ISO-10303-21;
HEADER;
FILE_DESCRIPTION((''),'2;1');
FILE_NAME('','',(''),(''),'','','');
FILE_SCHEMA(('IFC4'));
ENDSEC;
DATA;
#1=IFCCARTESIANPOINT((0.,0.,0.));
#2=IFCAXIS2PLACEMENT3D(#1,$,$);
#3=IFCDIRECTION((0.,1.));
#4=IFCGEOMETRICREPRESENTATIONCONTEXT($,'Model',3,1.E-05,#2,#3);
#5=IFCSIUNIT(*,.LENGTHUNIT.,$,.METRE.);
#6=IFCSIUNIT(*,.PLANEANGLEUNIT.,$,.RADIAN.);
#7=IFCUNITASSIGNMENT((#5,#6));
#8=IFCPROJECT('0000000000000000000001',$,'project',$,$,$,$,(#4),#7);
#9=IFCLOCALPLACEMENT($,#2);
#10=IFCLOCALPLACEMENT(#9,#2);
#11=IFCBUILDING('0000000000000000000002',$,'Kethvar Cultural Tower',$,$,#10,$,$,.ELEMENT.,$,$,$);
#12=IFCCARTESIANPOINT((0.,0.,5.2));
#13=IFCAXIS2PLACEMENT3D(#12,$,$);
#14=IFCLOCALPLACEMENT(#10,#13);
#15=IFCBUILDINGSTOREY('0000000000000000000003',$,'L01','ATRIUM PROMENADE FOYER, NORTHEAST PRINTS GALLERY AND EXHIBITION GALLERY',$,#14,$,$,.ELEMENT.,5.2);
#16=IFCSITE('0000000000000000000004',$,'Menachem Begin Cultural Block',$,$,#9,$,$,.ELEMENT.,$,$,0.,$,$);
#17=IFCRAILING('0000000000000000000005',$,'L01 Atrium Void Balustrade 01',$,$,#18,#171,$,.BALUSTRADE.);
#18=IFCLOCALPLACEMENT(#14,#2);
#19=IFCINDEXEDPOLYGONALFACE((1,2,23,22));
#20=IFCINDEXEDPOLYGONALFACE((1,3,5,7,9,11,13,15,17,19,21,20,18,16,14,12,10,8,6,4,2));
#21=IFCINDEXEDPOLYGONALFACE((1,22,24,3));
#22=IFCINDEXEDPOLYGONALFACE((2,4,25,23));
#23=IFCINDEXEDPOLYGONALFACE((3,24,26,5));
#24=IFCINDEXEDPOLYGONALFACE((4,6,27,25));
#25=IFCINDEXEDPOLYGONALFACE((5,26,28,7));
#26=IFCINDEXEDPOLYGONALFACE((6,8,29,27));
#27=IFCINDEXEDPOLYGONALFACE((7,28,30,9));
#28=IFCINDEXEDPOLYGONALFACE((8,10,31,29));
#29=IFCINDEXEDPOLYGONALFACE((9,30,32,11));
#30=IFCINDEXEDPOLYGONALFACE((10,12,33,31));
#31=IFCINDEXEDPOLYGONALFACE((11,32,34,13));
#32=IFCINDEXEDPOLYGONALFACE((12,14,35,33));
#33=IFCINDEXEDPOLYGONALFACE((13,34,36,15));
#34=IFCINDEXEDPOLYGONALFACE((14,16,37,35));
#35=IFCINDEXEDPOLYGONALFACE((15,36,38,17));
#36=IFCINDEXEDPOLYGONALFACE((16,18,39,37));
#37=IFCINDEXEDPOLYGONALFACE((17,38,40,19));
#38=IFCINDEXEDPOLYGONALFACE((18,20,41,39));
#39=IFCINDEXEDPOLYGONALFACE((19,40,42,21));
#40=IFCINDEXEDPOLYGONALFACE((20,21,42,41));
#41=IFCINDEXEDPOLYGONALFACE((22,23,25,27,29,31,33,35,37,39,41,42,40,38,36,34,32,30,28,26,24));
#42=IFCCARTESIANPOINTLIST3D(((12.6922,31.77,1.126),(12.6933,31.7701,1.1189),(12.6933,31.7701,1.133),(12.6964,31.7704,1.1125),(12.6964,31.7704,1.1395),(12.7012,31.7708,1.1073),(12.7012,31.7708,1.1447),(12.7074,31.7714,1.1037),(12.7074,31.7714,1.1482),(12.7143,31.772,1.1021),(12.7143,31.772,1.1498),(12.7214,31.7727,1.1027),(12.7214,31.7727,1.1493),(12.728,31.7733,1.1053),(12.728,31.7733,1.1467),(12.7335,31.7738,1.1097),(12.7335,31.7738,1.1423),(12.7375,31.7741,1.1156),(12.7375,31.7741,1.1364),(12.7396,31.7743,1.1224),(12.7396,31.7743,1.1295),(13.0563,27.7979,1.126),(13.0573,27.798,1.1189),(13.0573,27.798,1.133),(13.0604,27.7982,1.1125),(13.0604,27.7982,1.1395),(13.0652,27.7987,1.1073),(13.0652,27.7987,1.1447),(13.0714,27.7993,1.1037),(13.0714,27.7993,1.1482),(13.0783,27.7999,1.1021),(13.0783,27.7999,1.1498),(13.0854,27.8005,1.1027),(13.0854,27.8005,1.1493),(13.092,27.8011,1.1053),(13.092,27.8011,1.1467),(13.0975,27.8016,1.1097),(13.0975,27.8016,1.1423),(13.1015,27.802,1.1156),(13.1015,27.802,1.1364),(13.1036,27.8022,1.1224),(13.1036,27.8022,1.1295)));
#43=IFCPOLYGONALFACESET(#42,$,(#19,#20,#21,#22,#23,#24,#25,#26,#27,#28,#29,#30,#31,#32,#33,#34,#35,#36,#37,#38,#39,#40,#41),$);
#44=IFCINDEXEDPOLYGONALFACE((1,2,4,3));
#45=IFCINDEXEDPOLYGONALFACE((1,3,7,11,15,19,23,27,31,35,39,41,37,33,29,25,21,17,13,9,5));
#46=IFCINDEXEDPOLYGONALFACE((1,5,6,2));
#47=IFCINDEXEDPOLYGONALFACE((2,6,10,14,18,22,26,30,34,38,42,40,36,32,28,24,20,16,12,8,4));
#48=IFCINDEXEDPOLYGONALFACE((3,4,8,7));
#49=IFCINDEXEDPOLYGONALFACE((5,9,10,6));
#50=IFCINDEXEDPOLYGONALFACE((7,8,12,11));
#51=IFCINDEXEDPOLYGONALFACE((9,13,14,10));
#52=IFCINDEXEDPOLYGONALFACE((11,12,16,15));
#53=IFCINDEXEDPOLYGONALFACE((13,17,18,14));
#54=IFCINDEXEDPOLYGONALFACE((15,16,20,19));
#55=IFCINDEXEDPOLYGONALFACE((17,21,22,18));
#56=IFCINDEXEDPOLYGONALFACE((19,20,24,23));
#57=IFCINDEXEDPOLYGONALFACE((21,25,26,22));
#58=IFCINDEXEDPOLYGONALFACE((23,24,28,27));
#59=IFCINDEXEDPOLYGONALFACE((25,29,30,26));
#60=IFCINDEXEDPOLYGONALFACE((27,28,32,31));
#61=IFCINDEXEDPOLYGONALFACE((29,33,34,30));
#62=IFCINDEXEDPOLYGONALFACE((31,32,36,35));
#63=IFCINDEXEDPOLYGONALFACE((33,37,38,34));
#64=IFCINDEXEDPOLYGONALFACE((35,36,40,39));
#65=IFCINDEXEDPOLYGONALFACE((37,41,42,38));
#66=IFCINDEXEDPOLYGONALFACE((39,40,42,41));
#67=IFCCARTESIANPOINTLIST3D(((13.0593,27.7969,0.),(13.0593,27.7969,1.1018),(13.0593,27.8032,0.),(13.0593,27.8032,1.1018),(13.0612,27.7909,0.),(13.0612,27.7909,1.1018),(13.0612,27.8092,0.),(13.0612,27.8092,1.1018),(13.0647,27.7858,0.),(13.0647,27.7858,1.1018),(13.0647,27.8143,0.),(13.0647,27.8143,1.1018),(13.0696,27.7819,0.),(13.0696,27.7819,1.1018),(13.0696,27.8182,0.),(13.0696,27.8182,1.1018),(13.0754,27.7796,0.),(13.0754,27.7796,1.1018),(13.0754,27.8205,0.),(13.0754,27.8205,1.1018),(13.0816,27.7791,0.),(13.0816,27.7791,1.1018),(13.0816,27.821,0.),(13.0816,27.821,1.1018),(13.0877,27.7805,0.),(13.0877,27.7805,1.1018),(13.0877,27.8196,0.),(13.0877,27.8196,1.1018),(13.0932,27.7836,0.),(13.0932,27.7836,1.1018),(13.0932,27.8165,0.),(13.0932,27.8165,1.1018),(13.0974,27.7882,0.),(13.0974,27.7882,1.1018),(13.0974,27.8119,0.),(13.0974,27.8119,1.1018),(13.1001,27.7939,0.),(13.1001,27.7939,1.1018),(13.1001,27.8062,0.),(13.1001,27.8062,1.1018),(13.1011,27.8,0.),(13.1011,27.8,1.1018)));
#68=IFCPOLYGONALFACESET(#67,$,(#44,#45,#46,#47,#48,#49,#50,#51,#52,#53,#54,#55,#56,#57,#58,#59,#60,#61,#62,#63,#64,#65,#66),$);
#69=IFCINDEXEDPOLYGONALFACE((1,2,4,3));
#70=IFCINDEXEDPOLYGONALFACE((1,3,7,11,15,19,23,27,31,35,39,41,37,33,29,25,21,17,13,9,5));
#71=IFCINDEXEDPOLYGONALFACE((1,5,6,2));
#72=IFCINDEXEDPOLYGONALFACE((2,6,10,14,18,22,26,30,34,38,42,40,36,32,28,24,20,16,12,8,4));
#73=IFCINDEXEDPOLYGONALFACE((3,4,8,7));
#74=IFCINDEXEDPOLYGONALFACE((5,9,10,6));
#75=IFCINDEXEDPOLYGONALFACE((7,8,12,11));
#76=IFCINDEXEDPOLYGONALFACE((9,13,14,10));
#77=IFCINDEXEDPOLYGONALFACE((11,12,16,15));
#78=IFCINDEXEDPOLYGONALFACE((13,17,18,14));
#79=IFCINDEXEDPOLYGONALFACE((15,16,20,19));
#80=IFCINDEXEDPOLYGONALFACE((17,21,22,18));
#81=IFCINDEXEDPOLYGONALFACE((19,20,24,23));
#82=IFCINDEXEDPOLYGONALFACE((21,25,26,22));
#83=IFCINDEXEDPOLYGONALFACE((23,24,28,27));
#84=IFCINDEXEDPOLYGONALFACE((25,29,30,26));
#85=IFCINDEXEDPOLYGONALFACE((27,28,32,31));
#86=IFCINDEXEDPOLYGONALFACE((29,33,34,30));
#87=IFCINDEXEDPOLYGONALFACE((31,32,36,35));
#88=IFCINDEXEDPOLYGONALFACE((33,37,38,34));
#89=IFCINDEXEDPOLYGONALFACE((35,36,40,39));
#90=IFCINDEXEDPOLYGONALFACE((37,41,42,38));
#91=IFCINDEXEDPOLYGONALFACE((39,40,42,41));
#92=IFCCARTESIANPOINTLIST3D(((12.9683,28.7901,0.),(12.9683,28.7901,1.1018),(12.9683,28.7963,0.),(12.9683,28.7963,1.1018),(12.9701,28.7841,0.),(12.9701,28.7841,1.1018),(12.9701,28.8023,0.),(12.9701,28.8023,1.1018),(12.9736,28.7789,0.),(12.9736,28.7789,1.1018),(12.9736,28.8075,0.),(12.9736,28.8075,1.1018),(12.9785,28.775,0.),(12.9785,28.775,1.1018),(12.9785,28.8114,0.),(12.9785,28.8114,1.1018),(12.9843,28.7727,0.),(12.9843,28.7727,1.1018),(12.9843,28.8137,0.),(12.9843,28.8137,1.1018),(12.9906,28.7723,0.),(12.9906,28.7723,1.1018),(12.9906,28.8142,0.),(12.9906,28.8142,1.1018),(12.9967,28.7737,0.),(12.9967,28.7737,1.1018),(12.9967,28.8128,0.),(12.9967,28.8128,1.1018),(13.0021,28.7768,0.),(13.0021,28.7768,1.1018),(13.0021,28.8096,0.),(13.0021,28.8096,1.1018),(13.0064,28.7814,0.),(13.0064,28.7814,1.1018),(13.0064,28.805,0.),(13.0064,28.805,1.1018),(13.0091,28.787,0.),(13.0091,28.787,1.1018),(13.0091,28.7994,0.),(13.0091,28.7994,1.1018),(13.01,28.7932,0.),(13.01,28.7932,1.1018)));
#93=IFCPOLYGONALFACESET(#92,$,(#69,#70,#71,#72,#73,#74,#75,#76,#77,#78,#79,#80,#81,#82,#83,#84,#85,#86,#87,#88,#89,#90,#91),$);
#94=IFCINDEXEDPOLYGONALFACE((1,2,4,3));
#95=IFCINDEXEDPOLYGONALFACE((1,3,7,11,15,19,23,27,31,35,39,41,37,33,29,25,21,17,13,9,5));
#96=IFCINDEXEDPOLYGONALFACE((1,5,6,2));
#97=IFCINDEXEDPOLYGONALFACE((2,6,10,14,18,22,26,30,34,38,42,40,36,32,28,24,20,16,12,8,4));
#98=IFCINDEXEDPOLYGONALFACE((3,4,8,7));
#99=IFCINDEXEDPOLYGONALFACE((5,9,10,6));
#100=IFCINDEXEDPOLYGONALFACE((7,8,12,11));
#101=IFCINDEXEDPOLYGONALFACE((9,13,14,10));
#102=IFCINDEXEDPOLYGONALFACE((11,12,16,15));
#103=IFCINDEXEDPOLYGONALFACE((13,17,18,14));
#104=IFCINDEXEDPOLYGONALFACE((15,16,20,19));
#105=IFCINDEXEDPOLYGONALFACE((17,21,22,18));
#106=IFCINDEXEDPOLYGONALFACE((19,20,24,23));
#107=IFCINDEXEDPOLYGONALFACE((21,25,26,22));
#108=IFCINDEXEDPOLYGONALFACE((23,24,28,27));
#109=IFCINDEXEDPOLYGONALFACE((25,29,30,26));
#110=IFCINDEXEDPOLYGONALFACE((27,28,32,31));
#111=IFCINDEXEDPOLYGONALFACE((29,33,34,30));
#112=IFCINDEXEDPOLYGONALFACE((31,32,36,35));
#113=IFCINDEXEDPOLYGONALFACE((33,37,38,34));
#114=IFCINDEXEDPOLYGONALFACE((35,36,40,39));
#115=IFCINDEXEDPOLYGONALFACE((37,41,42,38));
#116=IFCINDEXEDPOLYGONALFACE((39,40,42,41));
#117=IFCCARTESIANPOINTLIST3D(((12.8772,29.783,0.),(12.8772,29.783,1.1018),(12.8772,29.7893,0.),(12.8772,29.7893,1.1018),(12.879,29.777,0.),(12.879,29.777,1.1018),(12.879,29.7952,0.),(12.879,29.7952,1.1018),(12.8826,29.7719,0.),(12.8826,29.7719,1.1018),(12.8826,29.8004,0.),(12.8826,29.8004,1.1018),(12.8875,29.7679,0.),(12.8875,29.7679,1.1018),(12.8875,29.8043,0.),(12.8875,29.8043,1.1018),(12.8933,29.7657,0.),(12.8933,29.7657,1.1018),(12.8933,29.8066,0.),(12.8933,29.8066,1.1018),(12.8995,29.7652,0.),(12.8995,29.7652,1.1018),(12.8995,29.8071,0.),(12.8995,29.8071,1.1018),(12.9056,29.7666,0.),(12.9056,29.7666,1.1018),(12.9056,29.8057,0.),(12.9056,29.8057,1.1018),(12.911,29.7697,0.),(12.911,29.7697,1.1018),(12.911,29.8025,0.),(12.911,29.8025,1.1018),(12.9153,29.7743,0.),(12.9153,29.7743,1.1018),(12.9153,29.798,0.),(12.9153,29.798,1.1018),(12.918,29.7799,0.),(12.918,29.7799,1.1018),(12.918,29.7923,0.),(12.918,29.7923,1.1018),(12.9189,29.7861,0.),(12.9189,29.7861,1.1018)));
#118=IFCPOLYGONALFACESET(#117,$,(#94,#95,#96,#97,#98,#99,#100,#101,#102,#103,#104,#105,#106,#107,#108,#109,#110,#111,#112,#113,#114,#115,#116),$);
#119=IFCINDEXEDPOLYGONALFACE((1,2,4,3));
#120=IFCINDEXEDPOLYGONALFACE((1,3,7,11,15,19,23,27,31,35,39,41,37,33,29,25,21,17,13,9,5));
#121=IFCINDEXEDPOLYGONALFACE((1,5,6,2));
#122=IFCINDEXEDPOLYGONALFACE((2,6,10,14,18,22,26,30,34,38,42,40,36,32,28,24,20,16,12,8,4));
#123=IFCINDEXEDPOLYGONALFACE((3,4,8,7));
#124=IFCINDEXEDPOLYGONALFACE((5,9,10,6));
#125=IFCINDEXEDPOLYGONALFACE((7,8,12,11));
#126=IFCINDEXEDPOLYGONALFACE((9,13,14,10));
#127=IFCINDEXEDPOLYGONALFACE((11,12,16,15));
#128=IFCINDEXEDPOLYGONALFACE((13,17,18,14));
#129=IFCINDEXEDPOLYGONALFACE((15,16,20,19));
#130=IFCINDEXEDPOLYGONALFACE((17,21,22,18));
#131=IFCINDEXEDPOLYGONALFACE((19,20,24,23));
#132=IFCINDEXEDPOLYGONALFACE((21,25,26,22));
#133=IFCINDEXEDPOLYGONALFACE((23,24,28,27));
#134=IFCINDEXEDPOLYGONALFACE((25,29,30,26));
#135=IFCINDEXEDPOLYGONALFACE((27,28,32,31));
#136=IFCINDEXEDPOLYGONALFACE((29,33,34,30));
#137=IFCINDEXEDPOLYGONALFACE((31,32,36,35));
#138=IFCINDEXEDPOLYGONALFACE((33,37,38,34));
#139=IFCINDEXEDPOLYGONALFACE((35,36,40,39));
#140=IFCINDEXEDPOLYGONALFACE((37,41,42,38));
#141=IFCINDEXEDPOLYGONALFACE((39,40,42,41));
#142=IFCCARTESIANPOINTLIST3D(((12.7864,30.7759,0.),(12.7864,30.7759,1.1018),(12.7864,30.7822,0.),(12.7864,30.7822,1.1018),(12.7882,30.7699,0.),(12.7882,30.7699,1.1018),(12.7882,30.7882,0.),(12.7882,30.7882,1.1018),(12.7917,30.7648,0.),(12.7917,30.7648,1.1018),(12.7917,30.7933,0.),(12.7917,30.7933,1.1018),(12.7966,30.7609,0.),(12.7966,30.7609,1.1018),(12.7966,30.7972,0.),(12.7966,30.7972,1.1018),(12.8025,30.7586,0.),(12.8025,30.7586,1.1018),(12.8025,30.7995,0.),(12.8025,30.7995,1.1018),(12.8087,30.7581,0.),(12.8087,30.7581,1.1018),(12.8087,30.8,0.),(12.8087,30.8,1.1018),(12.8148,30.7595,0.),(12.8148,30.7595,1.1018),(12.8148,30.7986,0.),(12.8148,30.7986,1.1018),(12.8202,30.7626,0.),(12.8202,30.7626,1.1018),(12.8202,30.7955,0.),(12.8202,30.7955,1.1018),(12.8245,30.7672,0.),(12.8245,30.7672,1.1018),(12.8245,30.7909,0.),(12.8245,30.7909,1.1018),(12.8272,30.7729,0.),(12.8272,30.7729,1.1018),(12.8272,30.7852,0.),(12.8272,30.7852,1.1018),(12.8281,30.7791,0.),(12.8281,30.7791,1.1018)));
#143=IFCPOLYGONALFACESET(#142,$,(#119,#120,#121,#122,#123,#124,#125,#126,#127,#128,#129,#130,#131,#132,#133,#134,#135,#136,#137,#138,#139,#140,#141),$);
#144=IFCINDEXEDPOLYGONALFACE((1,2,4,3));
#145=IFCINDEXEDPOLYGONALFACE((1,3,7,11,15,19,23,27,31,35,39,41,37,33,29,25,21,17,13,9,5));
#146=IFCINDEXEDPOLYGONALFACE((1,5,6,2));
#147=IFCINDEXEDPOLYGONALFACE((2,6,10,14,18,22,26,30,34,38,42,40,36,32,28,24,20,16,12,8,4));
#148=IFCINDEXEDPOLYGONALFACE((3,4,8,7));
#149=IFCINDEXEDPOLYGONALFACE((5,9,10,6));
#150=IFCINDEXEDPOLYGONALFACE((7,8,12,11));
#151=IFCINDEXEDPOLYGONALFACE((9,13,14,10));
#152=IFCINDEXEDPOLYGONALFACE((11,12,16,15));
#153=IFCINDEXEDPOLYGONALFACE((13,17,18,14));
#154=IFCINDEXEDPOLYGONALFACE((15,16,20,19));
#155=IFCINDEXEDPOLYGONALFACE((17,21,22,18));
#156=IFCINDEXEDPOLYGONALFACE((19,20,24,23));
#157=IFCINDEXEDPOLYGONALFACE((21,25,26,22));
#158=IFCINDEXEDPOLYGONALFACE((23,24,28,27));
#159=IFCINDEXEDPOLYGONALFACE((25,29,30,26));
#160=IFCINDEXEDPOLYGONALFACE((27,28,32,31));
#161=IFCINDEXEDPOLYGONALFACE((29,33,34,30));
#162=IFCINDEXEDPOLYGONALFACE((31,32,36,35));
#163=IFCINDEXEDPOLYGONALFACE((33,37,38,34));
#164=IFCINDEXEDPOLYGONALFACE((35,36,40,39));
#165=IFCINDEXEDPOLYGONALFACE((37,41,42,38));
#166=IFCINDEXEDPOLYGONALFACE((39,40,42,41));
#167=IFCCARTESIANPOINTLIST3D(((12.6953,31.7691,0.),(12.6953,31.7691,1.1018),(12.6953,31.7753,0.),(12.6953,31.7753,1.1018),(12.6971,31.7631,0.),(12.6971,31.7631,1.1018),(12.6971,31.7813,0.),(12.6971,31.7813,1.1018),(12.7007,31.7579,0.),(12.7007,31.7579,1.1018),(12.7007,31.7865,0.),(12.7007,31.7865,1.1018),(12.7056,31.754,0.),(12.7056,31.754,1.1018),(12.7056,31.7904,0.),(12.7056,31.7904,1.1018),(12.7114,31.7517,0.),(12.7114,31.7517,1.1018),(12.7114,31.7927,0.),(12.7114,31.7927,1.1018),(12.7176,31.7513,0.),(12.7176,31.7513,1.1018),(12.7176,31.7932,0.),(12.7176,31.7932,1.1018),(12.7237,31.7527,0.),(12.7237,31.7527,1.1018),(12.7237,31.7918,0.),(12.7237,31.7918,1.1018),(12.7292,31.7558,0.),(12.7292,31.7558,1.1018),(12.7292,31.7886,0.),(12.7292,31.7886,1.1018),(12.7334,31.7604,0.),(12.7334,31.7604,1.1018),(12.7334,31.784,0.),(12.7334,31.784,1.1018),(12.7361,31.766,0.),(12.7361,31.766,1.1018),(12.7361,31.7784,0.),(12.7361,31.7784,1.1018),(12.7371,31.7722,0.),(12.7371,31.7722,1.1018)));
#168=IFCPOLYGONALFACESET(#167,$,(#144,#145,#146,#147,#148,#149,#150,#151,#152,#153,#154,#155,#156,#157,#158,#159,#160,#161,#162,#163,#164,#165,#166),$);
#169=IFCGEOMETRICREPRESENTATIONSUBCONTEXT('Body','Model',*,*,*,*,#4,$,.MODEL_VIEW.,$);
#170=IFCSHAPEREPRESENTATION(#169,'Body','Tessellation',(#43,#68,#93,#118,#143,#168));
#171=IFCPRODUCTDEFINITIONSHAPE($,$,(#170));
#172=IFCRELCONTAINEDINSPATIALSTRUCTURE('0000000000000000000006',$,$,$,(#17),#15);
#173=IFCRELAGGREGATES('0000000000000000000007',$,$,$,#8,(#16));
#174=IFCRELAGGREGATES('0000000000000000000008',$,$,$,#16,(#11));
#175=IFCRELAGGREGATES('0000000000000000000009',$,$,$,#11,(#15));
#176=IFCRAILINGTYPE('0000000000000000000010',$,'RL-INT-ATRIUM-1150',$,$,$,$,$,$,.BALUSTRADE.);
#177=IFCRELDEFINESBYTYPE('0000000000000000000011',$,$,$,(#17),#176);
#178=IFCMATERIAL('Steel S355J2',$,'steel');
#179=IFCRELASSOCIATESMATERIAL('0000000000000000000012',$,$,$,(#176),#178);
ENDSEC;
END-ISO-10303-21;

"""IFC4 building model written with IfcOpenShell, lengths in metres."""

from ifc_helpers import new_model, si_unit, direction, frame, origin, origin_2d, place, context, subcontext, project, spatial, circle, extrude, material, type_object, element, save


model = new_model("IFC4")

# Units and contexts
model_context = context("Model", 3, precision=1e-05, world=origin(), true_north=direction((0.0, 1.0)))
body_context = subcontext(model_context, "Body", "Model", "MODEL_VIEW")
ifc_project = project(units=[si_unit("LENGTHUNIT", "METRE"), si_unit("PLANEANGLEUNIT", "RADIAN")], contexts=[model_context])

# Site, building, storey
site_placement = place(None, origin())
site = spatial("IfcSite", under=ifc_project, at=site_placement, Name="Menachem Begin Cultural Block", CompositionType="ELEMENT", RefElevation=0.0)
building_placement = place(site_placement, origin())
building = spatial("IfcBuilding", under=site, at=building_placement, Name="Kethvar Cultural Tower", CompositionType="ELEMENT")
storey_placement = place(building_placement, frame((0.0, 0.0, 5.2)))
storey = spatial("IfcBuildingStorey", under=building, at=storey_placement, Name="L01", Description="ATRIUM PROMENADE FOYER, NORTHEAST PRINTS GALLERY AND EXHIBITION GALLERY", CompositionType="ELEMENT", Elevation=5.2)

# Shared definitions
ifc_material_1 = material(Name="Steel S355J2", Category="steel")

# Railing
railing_type_1 = type_object("IfcRailingType", Name="RL-INT-ATRIUM-1150", PredefinedType="BALUSTRADE", material=ifc_material_1)
railing_1_placement = place(storey_placement, frame((13.0801, 27.8, 0.0)))
element("IfcRailing", 1, at=railing_1_placement, inside=storey, type_object=railing_type_1, Name="L01 Atrium Void Balustrade 01", PredefinedType="BALUSTRADE", context=body_context, shape_type="SweptSolid", body=[
    extrude(circle(Radius=0.0239, at=origin_2d()), frame((0.0, 0.0, 1.126), z_axis=(-0.091259, 0.995827, 0.0), x_axis=(-0.995827, -0.091259, 0.0)), (0.0, 0.0, 1.0), 3.9888),
    extrude(circle(Radius=0.021, at=origin_2d()), origin(), (0.0, 0.0, 1.0), 1.1018),
    extrude(circle(Radius=0.021, at=origin_2d()), frame((-0.0911, 0.9932, 0.0)), (0.0, 0.0, 1.0), 1.1018),
    extrude(circle(Radius=0.021, at=origin_2d()), frame((-0.1821, 1.9861, 0.0)), (0.0, 0.0, 1.0), 1.1018),
    extrude(circle(Radius=0.021, at=origin_2d()), frame((-0.2729, 2.979, 0.0)), (0.0, 0.0, 1.0), 1.1018),
    extrude(circle(Radius=0.021, at=origin_2d()), frame((-0.364, 3.9722, 0.0)), (0.0, 0.0, 1.0), 1.1018),
])

save(model, "model.ifc")
